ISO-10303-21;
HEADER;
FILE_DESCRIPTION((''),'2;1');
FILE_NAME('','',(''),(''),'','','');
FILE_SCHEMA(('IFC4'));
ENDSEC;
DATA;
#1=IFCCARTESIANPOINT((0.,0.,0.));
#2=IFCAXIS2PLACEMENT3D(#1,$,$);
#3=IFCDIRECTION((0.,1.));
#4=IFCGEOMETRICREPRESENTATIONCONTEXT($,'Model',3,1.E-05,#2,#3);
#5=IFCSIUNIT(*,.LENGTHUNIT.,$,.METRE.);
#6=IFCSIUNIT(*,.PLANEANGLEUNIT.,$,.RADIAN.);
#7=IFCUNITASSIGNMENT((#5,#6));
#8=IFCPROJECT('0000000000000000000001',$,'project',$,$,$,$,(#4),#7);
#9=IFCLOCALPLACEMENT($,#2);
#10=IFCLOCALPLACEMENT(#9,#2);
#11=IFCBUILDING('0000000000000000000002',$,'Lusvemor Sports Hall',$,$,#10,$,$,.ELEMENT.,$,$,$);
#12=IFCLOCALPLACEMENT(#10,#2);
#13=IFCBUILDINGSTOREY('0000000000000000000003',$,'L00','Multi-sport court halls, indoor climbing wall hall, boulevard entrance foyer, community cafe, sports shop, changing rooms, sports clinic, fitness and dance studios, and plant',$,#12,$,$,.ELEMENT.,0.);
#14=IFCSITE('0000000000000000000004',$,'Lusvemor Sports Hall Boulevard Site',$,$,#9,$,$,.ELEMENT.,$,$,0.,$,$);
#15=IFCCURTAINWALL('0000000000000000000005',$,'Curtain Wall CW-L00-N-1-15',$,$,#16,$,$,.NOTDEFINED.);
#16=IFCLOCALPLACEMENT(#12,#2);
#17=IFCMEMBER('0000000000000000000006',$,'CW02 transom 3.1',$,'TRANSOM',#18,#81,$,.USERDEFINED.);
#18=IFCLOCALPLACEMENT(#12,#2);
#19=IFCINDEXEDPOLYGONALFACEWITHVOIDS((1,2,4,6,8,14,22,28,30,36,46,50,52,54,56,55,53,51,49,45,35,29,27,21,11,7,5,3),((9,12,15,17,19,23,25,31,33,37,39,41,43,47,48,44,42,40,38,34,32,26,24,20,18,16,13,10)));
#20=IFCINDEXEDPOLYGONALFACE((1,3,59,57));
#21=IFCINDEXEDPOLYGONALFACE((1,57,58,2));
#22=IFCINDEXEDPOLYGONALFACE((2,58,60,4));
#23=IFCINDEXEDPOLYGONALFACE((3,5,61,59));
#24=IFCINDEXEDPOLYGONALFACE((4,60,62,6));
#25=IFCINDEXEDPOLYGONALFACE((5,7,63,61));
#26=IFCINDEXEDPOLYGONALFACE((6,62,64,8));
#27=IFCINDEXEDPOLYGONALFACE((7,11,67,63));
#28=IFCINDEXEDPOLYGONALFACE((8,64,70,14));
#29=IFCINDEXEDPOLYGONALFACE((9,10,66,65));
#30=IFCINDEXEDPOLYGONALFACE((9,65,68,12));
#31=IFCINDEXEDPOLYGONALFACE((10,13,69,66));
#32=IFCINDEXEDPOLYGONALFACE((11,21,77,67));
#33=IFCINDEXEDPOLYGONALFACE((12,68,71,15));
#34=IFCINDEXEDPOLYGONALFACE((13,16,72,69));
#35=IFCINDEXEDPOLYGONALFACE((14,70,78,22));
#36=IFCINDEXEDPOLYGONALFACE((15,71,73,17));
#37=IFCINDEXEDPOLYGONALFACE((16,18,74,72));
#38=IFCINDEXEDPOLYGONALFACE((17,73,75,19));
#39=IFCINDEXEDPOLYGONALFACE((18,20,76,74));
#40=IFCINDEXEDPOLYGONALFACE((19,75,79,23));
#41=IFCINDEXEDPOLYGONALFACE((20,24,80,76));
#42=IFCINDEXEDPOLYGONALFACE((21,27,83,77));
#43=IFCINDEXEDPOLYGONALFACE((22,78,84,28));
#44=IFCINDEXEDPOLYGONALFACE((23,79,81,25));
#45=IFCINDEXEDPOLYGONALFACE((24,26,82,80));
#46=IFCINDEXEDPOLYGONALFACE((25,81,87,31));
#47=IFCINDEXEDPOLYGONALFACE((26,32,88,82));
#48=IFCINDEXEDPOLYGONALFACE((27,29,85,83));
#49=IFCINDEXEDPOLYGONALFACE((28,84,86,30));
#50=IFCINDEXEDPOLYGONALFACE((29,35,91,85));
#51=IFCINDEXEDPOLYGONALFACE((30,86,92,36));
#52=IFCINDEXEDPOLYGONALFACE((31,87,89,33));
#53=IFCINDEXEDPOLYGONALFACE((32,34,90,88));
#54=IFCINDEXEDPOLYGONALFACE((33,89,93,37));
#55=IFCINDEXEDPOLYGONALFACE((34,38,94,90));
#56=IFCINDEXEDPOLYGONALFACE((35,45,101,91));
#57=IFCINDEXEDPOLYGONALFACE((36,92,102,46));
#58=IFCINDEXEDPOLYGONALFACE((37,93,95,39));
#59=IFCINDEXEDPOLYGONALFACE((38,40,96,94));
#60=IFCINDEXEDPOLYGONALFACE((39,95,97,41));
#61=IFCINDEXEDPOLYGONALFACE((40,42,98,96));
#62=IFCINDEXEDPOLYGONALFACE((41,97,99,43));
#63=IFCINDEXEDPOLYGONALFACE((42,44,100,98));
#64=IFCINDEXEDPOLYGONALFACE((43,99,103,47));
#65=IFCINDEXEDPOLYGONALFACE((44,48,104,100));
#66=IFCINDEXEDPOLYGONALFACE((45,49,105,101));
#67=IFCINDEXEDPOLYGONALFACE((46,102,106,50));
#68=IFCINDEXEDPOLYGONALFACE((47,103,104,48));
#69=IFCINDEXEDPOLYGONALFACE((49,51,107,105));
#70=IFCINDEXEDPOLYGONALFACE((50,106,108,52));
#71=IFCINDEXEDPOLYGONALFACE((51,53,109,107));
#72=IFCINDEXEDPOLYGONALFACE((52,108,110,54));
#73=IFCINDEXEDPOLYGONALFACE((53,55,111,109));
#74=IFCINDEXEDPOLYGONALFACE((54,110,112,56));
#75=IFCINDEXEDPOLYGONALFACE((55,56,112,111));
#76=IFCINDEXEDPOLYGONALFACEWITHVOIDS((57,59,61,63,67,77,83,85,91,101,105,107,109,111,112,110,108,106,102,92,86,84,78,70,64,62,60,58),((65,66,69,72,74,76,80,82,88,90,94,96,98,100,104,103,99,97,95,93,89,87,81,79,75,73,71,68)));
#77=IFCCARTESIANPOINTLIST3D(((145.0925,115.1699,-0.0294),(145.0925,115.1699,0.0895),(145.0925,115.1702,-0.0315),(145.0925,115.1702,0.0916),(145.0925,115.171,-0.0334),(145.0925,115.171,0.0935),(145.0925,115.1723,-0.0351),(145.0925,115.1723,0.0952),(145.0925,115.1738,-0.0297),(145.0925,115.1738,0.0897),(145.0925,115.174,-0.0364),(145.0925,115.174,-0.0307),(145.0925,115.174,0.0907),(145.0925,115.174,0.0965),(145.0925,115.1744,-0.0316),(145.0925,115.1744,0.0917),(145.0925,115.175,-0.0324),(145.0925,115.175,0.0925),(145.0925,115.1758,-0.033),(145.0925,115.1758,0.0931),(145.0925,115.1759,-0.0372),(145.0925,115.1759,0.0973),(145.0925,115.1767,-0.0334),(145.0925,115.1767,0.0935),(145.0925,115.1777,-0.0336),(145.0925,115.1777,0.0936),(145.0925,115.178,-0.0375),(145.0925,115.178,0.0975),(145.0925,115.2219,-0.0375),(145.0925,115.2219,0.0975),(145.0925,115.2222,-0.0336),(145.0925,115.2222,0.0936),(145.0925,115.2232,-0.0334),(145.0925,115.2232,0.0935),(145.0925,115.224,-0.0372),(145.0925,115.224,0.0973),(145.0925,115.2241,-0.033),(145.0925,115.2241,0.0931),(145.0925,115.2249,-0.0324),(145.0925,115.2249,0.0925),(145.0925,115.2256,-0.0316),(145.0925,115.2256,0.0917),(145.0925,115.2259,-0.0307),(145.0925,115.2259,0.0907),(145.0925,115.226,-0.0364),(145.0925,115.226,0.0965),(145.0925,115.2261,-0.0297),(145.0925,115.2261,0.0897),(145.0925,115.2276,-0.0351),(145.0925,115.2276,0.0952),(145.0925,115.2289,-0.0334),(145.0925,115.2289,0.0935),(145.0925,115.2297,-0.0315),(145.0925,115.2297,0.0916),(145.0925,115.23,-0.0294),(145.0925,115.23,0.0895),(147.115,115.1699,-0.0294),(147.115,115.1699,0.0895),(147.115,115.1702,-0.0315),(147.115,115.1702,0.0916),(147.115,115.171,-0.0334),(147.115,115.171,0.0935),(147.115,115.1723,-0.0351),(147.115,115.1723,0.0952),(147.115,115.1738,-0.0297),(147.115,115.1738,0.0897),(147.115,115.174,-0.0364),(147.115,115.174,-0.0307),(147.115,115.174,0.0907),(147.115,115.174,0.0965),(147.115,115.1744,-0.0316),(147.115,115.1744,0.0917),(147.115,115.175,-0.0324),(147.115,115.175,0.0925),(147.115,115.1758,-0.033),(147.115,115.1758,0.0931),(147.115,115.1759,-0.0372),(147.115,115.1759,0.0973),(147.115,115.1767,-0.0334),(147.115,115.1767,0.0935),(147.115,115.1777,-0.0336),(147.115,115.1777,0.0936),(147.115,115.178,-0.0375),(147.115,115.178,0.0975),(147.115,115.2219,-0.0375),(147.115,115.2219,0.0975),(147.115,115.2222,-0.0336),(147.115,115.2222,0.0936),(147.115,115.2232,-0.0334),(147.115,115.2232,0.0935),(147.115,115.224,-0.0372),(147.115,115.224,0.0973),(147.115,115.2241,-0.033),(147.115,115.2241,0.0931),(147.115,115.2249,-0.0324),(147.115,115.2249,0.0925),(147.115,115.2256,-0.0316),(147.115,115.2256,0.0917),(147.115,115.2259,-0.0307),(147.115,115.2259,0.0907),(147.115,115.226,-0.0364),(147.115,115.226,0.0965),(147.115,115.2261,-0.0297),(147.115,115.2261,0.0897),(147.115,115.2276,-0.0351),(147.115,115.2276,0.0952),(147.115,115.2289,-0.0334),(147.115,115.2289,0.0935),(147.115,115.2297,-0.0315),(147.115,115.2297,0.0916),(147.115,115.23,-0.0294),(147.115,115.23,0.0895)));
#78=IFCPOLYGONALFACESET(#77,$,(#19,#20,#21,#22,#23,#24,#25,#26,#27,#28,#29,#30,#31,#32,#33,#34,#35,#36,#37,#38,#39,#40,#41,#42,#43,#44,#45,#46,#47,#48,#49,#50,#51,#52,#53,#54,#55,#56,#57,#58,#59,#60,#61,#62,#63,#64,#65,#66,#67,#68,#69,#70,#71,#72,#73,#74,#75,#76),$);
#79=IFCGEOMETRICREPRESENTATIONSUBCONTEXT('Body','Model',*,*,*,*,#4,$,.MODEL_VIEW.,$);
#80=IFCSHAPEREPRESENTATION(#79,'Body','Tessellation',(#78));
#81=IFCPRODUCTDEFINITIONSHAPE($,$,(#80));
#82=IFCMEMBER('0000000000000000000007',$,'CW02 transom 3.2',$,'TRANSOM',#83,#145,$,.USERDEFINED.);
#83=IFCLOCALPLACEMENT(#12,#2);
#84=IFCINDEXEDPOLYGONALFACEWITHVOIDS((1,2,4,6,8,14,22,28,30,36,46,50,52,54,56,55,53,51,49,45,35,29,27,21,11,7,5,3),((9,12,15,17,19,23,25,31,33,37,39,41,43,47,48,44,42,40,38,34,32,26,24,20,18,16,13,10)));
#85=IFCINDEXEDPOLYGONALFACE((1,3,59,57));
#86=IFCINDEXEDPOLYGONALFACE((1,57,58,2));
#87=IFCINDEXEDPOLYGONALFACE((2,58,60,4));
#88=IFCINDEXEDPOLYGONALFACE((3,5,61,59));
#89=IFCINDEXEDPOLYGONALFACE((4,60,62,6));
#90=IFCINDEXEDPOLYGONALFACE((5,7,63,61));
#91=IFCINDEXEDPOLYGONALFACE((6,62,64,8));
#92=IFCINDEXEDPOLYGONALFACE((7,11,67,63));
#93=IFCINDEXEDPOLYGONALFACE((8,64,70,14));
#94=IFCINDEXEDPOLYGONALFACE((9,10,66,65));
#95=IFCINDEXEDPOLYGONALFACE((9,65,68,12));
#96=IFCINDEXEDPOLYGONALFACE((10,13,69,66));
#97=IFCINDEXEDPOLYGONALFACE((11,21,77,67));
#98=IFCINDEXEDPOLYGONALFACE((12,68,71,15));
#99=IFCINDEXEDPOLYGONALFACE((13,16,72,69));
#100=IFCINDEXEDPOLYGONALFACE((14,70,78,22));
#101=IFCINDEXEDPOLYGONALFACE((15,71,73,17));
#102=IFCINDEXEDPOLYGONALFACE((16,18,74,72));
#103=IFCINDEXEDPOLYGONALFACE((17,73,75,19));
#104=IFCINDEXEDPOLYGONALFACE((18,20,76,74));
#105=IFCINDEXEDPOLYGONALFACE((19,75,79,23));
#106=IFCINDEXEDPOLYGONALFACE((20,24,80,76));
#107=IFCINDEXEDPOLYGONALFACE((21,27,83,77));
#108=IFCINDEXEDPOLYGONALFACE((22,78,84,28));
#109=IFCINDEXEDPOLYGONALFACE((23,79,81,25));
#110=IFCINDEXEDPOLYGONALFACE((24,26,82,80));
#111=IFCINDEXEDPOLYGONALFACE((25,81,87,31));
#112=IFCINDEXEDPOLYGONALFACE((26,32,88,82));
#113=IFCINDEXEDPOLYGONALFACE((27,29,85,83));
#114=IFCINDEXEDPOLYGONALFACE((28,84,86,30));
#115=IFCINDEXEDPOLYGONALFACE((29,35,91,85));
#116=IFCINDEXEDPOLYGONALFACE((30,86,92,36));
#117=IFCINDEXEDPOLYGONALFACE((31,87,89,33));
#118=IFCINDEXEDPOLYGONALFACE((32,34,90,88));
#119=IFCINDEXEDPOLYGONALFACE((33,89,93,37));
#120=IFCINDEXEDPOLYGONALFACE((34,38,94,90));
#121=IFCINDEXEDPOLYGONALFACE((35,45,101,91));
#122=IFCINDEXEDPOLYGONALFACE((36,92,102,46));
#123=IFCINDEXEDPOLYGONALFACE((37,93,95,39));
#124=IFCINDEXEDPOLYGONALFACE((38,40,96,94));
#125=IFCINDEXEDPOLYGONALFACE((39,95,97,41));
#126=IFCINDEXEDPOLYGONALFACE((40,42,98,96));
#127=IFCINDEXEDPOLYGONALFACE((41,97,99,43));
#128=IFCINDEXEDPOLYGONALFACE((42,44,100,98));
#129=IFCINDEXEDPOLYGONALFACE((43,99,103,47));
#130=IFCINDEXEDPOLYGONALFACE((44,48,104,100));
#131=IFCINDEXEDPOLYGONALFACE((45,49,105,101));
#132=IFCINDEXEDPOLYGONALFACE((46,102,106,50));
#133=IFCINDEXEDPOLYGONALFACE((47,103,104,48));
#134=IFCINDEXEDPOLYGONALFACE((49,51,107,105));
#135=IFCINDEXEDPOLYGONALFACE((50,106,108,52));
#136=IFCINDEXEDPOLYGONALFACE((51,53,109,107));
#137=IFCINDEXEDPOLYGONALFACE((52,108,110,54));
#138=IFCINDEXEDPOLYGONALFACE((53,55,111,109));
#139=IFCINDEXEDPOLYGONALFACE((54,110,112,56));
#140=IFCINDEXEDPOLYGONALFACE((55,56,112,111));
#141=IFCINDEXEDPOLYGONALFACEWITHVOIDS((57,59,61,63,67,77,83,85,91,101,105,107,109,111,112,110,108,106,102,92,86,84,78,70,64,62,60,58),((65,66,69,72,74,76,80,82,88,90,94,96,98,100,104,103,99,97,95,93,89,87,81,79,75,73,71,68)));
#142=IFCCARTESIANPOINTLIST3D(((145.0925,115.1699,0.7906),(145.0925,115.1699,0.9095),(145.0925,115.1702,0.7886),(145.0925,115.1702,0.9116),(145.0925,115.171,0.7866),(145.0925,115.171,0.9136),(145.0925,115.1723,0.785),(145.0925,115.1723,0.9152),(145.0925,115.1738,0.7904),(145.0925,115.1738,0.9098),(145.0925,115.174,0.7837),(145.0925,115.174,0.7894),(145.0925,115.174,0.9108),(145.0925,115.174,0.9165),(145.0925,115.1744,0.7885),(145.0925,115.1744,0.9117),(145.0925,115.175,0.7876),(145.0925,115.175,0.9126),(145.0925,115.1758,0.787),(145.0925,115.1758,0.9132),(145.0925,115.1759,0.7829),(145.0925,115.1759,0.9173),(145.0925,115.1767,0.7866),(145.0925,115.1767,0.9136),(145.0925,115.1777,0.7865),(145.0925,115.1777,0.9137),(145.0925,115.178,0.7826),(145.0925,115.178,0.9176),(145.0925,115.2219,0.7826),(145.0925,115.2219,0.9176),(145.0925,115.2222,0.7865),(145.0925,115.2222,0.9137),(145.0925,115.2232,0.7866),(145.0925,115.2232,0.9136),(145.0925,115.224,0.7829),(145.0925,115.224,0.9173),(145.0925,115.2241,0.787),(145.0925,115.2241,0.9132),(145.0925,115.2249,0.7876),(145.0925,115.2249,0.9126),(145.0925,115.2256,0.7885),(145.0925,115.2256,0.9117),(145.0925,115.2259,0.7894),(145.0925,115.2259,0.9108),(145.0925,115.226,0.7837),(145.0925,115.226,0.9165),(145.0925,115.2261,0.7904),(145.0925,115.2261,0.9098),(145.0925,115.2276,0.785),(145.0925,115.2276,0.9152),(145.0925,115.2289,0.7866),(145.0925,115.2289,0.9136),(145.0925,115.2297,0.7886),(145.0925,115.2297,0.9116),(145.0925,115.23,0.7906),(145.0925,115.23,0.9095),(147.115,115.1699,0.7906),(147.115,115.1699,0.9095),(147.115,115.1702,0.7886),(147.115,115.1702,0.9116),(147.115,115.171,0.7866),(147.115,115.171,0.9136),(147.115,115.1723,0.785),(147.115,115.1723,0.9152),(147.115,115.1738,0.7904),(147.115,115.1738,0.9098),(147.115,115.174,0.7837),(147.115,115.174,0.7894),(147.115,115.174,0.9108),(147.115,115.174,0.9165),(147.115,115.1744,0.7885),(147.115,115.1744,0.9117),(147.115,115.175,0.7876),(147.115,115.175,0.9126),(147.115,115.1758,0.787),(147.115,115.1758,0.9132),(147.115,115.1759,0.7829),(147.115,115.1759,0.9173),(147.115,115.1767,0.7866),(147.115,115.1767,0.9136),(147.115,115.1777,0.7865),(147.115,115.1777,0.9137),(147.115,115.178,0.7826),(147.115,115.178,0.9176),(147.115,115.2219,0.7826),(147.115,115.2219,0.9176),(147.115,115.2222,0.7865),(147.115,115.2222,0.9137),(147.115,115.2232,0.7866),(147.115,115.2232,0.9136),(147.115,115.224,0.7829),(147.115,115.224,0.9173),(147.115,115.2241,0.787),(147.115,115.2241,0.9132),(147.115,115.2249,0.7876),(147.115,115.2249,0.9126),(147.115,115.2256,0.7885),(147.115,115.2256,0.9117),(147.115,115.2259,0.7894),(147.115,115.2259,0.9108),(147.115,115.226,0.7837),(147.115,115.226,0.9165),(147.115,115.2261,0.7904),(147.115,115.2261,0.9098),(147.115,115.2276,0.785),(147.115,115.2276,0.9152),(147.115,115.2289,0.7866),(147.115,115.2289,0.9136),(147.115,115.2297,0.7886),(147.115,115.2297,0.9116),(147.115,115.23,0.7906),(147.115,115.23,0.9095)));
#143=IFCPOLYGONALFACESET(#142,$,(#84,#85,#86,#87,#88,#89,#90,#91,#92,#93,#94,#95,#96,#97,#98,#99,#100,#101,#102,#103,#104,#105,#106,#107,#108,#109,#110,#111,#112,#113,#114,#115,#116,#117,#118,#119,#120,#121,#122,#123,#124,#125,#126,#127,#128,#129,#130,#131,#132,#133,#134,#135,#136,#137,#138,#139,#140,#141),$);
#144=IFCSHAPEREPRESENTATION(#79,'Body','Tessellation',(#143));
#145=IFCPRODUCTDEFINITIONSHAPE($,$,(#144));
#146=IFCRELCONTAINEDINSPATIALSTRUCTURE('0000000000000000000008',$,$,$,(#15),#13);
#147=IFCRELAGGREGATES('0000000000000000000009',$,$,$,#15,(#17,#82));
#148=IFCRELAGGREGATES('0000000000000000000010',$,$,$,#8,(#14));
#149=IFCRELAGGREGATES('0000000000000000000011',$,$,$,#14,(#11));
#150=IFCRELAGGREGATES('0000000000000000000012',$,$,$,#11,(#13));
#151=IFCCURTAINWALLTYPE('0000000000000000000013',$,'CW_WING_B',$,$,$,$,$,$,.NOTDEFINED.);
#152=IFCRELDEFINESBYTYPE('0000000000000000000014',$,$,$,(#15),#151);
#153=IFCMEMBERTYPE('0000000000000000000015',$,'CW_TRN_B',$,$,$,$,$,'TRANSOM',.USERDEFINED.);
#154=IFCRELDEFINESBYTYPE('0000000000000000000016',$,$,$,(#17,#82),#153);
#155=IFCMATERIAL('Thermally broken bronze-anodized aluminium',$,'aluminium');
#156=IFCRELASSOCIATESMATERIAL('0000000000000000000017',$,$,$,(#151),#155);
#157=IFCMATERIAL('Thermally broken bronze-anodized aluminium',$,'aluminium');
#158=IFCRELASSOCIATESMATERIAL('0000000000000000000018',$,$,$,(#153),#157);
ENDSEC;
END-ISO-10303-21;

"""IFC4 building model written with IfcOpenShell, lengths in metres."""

from ifc_helpers import new_model, si_unit, direction, frame, origin, origin_2d, place, context, subcontext, project, spatial, hollow_rectangle, extrude, material, material_profile, profile_set, type_object, element, aggregate, save


model = new_model("IFC4")

# Units and contexts
model_context = context("Model", 3, precision=1e-05, world=origin(), true_north=direction((0.0, 1.0)))
body_context = subcontext(model_context, "Body", "Model", "MODEL_VIEW")
ifc_project = project(units=[si_unit("LENGTHUNIT", "METRE"), si_unit("PLANEANGLEUNIT", "RADIAN")], contexts=[model_context])

# Site, building, storey
site_placement = place(None, origin())
site = spatial("IfcSite", under=ifc_project, at=site_placement, Name="Lusvemor Sports Hall Boulevard Site", CompositionType="ELEMENT", RefElevation=0.0)
building_placement = place(site_placement, origin())
building = spatial("IfcBuilding", under=site, at=building_placement, Name="Lusvemor Sports Hall", CompositionType="ELEMENT")
storey_placement = place(building_placement, origin())
storey = spatial("IfcBuildingStorey", under=building, at=storey_placement, Name="L00", Description="Multi-sport court halls, indoor climbing wall hall, boulevard entrance foyer, community cafe, sports shop, changing rooms, sports clinic, fitness and dance studios, and plant", CompositionType="ELEMENT", Elevation=0.0)

# Curtain wall, members
ifc_material_1 = material(Name="Thermally broken bronze-anodized aluminium", Category="aluminium")
curtain_wall_type = type_object("IfcCurtainWallType", Name="CW_WING_B", PredefinedType="NOTDEFINED", material=ifc_material_1)
curtain_wall_placement = place(storey_placement, origin())
curtain_wall = element("IfcCurtainWall", 1, at=curtain_wall_placement, inside=storey, type_object=curtain_wall_type, Name="Curtain Wall CW-L00-N-1-15", PredefinedType="NOTDEFINED")
ifc_material_2 = material(Name="Thermally broken bronze-anodized aluminium", Category="aluminium")
ifc_material_profile_1 = material_profile(ifc_material_2, hollow_rectangle(XDim=0.0601, YDim=0.135, WallThickness=0.0039, InnerFilletRadius=0.0039, OuterFilletRadius=0.0081, at=origin_2d()), Name="CWTRN135x60x4")
ifc_profile_set_1 = profile_set([ifc_material_profile_1], Name="Thermally broken bronze-anodized aluminium")
member_type_1 = type_object("IfcMemberType", Name="CW_TRN_B", ElementType="TRANSOM", PredefinedType="USERDEFINED", material=ifc_profile_set_1)
member_1_placement = place(storey_placement, frame((145.0925, 115.2, 0.03), z_axis=(1.0, 0.0, 0.0), x_axis=(0.0, 1.0, 0.0)))
member_1 = element("IfcMember", 2, at=member_1_placement, type_object=member_type_1, Name="CW02 transom 3.1", ObjectType="TRANSOM", PredefinedType="USERDEFINED", context=body_context, shape_type="SweptSolid", body=[
    extrude(hollow_rectangle(XDim=0.0601, YDim=0.135, WallThickness=0.0039, InnerFilletRadius=0.0039, OuterFilletRadius=0.0081, at=origin_2d()), origin(), (0.0, 0.0, 1.0), 2.0225),
])
member_2_placement = place(storey_placement, frame((145.0925, 115.2, 0.8501), z_axis=(1.0, 0.0, 0.0), x_axis=(0.0, 1.0, 0.0)))
member_2 = element("IfcMember", 3, at=member_2_placement, type_object=member_type_1, Name="CW02 transom 3.2", ObjectType="TRANSOM", PredefinedType="USERDEFINED", context=body_context, shape_type="SweptSolid", body=[
    extrude(hollow_rectangle(XDim=0.0601, YDim=0.135, WallThickness=0.0039, InnerFilletRadius=0.0039, OuterFilletRadius=0.0081, at=origin_2d()), origin(), (0.0, 0.0, 1.0), 2.0225),
])
aggregate(curtain_wall, [member_1, member_2])

save(model, "model.ifc")
